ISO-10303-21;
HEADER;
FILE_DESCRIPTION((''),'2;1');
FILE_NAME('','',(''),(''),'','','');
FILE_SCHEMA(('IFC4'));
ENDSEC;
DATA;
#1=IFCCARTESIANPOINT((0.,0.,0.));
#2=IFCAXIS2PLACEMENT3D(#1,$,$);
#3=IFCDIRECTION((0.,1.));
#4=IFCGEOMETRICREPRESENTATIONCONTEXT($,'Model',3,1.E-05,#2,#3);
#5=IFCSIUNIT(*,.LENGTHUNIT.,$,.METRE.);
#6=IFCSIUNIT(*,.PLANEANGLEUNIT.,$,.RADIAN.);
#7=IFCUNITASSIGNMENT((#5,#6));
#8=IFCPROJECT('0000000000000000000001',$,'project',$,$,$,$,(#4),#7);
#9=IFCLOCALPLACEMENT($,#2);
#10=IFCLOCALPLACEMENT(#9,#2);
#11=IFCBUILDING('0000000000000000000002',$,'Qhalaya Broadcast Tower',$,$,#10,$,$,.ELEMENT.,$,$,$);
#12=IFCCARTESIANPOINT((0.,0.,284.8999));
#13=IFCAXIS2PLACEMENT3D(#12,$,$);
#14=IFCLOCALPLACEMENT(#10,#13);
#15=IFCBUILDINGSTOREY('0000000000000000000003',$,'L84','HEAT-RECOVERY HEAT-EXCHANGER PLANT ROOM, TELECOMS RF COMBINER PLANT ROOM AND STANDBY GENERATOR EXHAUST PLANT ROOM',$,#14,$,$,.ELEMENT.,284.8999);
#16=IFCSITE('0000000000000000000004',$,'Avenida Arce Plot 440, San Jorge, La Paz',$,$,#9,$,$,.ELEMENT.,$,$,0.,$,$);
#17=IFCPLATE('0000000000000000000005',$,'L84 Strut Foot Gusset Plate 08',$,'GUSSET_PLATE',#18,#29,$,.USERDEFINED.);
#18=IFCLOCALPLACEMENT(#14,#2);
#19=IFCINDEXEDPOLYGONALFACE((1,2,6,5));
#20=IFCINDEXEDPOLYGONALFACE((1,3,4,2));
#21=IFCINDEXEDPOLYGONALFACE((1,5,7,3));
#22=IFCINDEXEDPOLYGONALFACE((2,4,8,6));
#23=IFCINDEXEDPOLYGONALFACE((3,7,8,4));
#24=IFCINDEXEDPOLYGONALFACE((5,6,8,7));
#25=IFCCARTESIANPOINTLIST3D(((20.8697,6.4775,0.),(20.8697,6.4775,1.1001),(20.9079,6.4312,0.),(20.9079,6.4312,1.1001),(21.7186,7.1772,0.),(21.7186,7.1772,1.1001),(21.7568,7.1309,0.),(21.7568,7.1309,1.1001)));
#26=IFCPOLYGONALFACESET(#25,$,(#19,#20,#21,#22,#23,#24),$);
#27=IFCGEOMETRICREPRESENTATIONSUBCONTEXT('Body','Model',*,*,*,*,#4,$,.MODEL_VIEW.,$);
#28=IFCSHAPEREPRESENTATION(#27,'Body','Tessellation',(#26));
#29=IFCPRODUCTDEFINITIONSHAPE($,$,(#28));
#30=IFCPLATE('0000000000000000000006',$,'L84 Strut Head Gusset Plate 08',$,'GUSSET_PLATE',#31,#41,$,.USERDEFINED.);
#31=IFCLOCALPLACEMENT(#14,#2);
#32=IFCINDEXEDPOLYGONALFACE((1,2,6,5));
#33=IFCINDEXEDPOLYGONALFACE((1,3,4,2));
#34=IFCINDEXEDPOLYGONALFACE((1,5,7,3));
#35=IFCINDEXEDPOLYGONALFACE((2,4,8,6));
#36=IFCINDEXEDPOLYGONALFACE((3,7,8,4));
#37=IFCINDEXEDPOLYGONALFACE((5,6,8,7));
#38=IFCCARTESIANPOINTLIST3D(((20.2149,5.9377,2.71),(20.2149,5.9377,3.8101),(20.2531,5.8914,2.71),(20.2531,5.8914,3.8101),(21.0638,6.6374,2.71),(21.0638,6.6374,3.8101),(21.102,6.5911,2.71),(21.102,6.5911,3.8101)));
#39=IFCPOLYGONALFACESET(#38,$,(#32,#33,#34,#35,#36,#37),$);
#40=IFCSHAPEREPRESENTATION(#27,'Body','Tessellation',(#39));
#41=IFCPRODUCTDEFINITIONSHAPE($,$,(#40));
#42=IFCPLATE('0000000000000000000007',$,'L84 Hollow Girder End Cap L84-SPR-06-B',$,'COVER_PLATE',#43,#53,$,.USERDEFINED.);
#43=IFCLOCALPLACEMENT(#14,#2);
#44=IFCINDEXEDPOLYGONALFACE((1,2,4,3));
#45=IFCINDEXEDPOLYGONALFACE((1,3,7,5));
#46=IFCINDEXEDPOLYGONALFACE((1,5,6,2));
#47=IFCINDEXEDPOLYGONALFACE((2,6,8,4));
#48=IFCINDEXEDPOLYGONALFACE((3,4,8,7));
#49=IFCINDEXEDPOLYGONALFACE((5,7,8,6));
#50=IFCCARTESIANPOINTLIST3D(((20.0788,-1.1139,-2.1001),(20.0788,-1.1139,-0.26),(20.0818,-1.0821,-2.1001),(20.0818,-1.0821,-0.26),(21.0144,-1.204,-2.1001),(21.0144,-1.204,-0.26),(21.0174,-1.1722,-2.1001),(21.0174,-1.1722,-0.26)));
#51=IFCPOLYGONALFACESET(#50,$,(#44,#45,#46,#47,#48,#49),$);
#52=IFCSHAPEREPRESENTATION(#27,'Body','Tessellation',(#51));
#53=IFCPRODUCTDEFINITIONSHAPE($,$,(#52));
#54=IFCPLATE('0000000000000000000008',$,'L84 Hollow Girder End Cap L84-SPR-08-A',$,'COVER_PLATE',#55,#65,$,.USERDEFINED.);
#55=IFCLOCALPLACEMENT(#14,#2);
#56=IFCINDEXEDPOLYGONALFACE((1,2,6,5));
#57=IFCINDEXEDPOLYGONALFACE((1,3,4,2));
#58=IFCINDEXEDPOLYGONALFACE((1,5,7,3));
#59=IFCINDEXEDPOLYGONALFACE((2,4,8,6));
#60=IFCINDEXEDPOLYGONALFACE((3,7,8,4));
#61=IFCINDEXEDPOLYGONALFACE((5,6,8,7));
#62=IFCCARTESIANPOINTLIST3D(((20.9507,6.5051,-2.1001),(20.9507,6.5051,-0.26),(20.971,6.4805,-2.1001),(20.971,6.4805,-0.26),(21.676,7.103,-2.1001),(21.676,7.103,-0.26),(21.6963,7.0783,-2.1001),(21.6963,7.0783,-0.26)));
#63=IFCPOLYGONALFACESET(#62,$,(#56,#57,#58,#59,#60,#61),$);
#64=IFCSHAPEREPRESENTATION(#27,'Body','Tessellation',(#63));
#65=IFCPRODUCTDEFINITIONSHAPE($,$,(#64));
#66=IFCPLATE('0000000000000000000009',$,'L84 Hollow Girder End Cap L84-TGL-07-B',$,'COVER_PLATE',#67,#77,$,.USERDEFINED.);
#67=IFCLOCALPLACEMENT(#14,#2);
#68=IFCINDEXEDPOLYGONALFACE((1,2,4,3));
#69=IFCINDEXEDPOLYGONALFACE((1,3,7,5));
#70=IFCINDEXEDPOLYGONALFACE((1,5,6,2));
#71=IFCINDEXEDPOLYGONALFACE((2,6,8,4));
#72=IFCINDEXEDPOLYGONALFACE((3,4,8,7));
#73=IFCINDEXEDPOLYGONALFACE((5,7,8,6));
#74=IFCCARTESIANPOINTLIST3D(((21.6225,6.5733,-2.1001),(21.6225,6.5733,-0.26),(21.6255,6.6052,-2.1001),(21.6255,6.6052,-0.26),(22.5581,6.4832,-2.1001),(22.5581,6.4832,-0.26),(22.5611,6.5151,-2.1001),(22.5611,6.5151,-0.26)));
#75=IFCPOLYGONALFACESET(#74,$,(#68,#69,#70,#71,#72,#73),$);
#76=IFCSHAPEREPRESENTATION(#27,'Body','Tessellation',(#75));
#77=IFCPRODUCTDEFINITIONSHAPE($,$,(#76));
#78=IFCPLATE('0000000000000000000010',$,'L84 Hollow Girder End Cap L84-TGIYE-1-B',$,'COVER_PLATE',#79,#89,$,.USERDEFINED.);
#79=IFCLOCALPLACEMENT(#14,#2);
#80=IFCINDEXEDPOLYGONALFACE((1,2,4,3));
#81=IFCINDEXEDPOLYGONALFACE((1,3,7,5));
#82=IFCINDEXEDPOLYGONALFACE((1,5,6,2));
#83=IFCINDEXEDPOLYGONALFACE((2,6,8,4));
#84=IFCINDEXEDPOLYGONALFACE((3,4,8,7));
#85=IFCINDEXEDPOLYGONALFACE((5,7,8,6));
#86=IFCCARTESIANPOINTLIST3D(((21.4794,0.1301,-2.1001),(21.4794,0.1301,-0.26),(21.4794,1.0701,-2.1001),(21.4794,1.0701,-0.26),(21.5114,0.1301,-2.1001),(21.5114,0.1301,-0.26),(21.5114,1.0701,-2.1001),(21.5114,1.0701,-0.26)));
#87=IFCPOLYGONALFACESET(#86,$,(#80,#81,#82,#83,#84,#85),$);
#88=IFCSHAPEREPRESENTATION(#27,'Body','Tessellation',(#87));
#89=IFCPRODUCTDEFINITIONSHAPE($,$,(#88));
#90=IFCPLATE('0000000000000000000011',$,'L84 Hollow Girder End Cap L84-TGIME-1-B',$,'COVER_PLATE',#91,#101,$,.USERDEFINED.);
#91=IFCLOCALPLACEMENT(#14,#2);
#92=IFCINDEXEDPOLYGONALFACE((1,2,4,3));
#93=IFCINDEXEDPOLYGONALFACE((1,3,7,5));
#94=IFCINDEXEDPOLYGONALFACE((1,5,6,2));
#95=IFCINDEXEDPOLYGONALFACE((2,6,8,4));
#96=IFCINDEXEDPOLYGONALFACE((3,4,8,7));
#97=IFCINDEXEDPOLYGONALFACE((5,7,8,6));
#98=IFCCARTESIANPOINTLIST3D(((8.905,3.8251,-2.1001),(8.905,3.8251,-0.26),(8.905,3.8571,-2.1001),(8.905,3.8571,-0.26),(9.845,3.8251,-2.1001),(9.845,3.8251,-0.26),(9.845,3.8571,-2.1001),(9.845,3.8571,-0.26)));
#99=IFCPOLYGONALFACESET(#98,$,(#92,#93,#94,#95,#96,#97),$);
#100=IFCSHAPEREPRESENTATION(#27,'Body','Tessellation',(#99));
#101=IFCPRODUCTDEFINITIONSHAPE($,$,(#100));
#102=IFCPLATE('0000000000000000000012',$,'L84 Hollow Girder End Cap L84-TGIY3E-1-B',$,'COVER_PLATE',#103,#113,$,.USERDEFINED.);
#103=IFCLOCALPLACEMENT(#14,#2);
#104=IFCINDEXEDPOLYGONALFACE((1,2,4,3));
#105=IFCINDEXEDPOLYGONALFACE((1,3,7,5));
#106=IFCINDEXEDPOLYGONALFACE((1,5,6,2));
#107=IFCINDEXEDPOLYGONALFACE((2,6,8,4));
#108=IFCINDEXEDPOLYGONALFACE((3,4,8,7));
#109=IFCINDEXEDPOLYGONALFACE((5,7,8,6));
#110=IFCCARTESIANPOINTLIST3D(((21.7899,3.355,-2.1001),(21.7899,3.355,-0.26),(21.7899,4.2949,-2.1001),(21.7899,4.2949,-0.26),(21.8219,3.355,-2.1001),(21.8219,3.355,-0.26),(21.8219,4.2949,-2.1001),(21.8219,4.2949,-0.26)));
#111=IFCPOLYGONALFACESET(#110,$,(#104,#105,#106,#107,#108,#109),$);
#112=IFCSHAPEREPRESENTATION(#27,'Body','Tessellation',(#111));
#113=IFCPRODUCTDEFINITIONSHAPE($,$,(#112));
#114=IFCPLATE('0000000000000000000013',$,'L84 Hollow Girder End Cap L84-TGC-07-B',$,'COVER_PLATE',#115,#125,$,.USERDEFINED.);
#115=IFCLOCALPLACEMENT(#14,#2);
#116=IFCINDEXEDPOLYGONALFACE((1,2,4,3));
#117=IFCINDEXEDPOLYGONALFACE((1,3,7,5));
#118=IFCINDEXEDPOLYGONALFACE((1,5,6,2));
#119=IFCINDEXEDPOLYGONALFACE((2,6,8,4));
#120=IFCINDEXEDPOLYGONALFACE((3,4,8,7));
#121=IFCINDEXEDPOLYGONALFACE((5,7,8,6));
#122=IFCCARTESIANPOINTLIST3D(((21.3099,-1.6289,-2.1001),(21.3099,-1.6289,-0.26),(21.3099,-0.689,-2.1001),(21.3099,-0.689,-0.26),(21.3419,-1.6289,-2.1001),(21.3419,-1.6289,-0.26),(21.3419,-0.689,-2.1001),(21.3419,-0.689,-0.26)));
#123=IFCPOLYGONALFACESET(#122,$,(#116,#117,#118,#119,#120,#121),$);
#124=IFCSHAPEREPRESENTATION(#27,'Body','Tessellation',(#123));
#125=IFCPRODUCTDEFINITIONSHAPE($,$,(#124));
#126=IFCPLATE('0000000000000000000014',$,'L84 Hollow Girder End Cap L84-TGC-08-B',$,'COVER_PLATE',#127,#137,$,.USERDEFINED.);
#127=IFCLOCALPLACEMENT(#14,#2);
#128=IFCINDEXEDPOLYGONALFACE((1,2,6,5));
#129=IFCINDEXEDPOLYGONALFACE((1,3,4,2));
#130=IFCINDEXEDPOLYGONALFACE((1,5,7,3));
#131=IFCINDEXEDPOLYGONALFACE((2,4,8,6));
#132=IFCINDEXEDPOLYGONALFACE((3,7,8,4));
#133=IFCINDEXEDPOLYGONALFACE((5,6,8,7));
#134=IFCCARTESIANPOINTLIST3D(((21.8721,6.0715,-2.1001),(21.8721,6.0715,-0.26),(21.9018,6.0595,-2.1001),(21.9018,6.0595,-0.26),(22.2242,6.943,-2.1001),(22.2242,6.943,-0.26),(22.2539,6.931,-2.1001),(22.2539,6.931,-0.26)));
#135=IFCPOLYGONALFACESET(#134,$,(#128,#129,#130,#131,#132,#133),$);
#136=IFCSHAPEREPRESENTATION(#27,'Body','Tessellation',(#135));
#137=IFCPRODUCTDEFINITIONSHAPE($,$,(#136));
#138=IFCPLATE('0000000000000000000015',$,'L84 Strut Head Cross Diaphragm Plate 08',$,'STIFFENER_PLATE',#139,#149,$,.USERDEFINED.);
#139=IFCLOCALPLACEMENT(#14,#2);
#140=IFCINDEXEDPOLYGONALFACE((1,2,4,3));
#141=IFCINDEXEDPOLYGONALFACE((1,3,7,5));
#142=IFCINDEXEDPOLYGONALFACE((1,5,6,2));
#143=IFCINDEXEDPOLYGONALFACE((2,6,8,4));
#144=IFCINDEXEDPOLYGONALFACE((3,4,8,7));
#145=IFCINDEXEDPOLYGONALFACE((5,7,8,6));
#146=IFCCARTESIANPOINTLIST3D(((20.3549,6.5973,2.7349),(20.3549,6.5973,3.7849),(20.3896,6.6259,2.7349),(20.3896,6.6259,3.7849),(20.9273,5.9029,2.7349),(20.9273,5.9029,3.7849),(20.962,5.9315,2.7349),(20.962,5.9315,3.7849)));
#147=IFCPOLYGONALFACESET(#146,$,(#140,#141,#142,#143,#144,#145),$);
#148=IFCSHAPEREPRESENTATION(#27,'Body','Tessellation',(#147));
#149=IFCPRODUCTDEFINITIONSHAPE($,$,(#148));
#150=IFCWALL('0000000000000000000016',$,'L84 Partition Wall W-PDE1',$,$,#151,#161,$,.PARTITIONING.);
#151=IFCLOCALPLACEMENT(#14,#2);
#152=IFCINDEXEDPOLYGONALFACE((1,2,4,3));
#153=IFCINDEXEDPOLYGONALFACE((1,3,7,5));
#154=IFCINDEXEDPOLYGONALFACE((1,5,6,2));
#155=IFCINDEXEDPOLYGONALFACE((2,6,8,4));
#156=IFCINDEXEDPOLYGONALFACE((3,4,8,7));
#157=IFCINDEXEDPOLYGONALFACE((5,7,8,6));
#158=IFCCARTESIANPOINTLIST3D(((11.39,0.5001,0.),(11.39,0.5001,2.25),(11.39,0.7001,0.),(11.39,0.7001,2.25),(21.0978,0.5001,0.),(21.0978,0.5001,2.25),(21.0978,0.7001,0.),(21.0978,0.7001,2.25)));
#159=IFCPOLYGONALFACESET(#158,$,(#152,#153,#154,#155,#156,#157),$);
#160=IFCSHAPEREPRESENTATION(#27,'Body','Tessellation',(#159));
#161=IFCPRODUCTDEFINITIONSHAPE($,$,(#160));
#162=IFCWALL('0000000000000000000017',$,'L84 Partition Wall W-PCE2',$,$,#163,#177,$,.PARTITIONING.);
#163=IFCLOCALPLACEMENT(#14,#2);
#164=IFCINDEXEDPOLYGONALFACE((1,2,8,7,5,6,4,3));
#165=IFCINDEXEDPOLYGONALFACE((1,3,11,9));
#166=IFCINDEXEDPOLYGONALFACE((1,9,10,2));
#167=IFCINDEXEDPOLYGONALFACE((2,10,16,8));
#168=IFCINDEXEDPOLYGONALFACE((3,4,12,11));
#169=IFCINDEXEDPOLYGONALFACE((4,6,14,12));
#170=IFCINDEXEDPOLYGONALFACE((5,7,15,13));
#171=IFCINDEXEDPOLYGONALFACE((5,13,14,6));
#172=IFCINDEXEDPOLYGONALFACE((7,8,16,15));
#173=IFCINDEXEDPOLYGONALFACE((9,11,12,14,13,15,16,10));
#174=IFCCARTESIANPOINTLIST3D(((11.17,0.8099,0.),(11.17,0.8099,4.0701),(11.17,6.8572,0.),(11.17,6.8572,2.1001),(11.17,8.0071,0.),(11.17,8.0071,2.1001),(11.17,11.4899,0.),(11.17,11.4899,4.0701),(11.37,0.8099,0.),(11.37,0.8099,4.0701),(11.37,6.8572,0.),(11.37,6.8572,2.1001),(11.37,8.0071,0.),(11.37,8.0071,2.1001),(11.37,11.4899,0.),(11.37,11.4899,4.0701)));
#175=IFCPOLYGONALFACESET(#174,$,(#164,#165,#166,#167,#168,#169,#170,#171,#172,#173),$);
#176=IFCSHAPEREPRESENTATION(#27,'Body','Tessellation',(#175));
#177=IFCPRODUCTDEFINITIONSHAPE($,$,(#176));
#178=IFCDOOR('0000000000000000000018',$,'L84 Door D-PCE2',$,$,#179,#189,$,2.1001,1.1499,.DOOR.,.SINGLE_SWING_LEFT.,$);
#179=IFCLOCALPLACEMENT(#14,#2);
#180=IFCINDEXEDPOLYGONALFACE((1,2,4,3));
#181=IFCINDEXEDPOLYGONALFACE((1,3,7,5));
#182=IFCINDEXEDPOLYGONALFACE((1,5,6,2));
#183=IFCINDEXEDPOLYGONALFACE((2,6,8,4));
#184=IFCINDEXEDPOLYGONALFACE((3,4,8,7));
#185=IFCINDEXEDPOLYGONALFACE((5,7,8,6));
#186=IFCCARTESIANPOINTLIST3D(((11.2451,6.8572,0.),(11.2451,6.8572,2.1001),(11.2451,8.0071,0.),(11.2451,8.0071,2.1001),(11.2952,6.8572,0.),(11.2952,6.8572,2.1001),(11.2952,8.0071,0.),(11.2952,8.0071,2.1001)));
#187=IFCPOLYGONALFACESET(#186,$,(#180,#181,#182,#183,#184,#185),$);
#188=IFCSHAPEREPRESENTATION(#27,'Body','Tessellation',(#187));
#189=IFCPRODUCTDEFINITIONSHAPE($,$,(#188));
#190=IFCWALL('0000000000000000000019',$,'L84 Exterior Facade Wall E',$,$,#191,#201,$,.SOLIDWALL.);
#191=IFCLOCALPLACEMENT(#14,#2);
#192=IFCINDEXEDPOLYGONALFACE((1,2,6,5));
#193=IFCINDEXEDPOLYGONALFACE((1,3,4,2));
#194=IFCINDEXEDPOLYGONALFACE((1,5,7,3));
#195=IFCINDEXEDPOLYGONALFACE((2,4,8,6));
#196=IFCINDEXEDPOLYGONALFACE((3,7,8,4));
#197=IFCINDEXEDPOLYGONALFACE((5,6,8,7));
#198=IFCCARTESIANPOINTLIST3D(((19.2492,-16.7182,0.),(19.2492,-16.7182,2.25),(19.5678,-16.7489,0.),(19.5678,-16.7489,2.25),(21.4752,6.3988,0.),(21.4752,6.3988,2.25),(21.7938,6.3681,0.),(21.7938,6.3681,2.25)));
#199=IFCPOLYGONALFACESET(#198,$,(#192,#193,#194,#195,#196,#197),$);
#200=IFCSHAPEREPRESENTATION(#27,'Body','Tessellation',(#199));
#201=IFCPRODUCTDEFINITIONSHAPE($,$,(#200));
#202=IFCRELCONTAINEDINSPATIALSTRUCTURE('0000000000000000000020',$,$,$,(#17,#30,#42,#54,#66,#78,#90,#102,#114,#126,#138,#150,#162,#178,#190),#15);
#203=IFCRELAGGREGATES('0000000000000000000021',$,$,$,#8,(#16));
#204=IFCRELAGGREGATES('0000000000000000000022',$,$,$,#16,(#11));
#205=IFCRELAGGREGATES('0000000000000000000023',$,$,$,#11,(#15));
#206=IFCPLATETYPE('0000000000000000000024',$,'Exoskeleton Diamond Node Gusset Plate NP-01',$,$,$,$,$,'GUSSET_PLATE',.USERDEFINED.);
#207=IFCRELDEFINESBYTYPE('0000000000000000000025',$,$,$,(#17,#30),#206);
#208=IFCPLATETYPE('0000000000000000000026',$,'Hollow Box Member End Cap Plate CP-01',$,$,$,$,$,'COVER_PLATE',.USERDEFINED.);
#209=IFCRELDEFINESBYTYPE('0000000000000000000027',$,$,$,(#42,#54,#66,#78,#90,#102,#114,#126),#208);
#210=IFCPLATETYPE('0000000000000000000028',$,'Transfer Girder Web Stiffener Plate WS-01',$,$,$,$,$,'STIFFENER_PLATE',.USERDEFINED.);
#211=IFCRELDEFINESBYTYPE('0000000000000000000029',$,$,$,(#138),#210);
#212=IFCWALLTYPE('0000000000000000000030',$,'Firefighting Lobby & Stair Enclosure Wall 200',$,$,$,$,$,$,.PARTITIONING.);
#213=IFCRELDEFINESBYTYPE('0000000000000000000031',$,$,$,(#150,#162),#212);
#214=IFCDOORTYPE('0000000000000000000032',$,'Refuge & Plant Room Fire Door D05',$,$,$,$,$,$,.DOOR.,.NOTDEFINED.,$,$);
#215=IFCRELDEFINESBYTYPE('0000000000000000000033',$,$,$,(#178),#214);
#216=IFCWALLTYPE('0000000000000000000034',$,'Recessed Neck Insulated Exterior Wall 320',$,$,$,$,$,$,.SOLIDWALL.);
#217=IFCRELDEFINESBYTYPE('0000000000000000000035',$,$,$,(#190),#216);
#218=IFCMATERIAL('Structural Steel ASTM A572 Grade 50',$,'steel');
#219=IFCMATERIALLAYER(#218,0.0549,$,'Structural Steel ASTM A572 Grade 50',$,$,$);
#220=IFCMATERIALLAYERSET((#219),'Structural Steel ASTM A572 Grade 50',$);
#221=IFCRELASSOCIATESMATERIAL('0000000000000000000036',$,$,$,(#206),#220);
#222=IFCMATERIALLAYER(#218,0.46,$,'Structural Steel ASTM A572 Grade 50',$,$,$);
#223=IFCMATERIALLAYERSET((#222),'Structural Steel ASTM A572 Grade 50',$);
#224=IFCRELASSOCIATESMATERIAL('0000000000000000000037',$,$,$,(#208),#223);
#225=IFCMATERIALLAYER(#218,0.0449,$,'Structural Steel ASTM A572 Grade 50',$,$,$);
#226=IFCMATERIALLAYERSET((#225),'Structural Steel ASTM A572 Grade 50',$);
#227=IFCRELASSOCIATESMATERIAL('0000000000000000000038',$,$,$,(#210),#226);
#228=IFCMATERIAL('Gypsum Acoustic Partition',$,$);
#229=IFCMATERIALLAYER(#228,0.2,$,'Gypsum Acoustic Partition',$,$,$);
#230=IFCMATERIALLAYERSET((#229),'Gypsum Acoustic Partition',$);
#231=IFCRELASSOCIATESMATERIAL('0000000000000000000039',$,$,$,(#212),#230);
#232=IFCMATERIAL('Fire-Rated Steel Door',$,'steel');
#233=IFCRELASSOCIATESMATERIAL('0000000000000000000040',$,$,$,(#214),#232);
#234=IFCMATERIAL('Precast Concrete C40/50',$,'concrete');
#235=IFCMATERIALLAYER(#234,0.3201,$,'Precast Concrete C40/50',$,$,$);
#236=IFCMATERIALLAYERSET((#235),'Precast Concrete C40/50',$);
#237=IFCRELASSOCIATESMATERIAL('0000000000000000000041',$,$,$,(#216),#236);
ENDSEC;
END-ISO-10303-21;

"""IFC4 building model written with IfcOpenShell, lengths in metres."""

from ifc_helpers import new_model, si_unit, direction, frame, frame_2d, origin, origin_2d, place, context, subcontext, project, spatial, rectangle, extrude, material, layer, layer_set, type_object, element, fill, save


model = new_model("IFC4")

# Units and contexts
model_context = context("Model", 3, precision=1e-05, world=origin(), true_north=direction((0.0, 1.0)))
body_context = subcontext(model_context, "Body", "Model", "MODEL_VIEW")
ifc_project = project(units=[si_unit("LENGTHUNIT", "METRE"), si_unit("PLANEANGLEUNIT", "RADIAN")], contexts=[model_context])

# Site, building, storey
site_placement = place(None, origin())
site = spatial("IfcSite", under=ifc_project, at=site_placement, Name="Avenida Arce Plot 440, San Jorge, La Paz", CompositionType="ELEMENT", RefElevation=0.0)
building_placement = place(site_placement, origin())
building = spatial("IfcBuilding", under=site, at=building_placement, Name="Qhalaya Broadcast Tower", CompositionType="ELEMENT")
storey_placement = place(building_placement, frame((0.0, 0.0, 284.8999)))
storey = spatial("IfcBuildingStorey", under=building, at=storey_placement, Name="L84", Description="HEAT-RECOVERY HEAT-EXCHANGER PLANT ROOM, TELECOMS RF COMBINER PLANT ROOM AND STANDBY GENERATOR EXHAUST PLANT ROOM", CompositionType="ELEMENT", Elevation=284.8999)

# Shared definitions
ifc_material_1 = material(Name="Structural Steel ASTM A572 Grade 50", Category="steel")

# Plates
ifc_layer_1 = layer(ifc_material_1, 0.0549, Name="Structural Steel ASTM A572 Grade 50")
ifc_layer_set_1 = layer_set([ifc_layer_1], Name="Structural Steel ASTM A572 Grade 50")
plate_type_1 = type_object("IfcPlateType", Name="Exoskeleton Diamond Node Gusset Plate NP-01", ElementType="GUSSET_PLATE", PredefinedType="USERDEFINED", material=ifc_layer_set_1)
for number, where, z_axis, x_axis, name in (
    (1, (21.3132, 6.8042, 0.0), (0.0, 0.0, 1.0), (-0.771669, -0.636024, 0.0), "L84 Strut Foot Gusset Plate 08"),
    (2, (20.6584, 6.2644, 2.71), (0.0, 0.0, 1.0), (-0.771669, -0.636024, 0.0), "L84 Strut Head Gusset Plate 08"),
):
    element("IfcPlate", number, at=place(storey_placement, frame(where, z_axis=z_axis, x_axis=x_axis)), inside=storey, type_object=plate_type_1, Name=name, ObjectType="GUSSET_PLATE", PredefinedType="USERDEFINED", context=body_context, shape_type="SweptSolid", body=[
        extrude(rectangle(XDim=1.1001, YDim=0.0601, at=origin_2d()), origin(), (0.0, 0.0, 1.0), 1.1001),
    ])
ifc_layer_2 = layer(ifc_material_1, 0.46, Name="Structural Steel ASTM A572 Grade 50")
ifc_layer_set_2 = layer_set([ifc_layer_2], Name="Structural Steel ASTM A572 Grade 50")
plate_type_2 = type_object("IfcPlateType", Name="Hollow Box Member End Cap Plate CP-01", ElementType="COVER_PLATE", PredefinedType="USERDEFINED", material=ifc_layer_set_2)
for number, where, z_axis, x_axis, name in (
    (3, (20.5481, -1.1431, -2.1001), (0.0, 0.0, 1.0), (-0.995396, 0.095846, 0.0), "L84 Hollow Girder End Cap L84-SPR-06-B"),
    (4, (21.3235, 6.7917, -2.1001), (0.0, 0.0, 1.0), (-0.771625, -0.636078, 0.0), "L84 Hollow Girder End Cap L84-SPR-08-A"),
    (5, (22.0918, 6.5442, -2.1001), (0.0, 0.0, 1.0), (-0.995396, 0.095846, 0.0), "L84 Hollow Girder End Cap L84-TGL-07-B"),
    (6, (21.4954, 0.6001, -2.1001), (0.0, 0.0, 1.0), (0.0, 1.0, 0.0), "L84 Hollow Girder End Cap L84-TGIYE-1-B"),
    (7, (9.375, 3.8411, -2.1001), (0.0, 0.0, 1.0), (-1.0, 0.0, 0.0), "L84 Hollow Girder End Cap L84-TGIME-1-B"),
    (8, (21.8059, 3.825, -2.1001), (0.0, 0.0, 1.0), (0.0, 1.0, 0.0), "L84 Hollow Girder End Cap L84-TGIY3E-1-B"),
    (9, (21.3259, -1.1589, -2.1001), (0.0, 0.0, 1.0), (0.0, 1.0, 0.0), "L84 Hollow Girder End Cap L84-TGC-07-B"),
    (10, (22.063, 6.5012, -2.1001), (0.0, 0.0, 1.0), (0.374607, 0.927184, 0.0), "L84 Hollow Girder End Cap L84-TGC-08-B"),
):
    element("IfcPlate", number, at=place(storey_placement, frame(where, z_axis=z_axis, x_axis=x_axis)), inside=storey, type_object=plate_type_2, Name=name, ObjectType="COVER_PLATE", PredefinedType="USERDEFINED", context=body_context, shape_type="SweptSolid", body=[
        extrude(rectangle(XDim=0.9399, YDim=0.032, at=origin_2d()), origin(), (0.0, 0.0, 1.0), 1.8401),
    ])
ifc_layer_3 = layer(ifc_material_1, 0.0449, Name="Structural Steel ASTM A572 Grade 50")
ifc_layer_set_3 = layer_set([ifc_layer_3], Name="Structural Steel ASTM A572 Grade 50")
plate_type_3 = type_object("IfcPlateType", Name="Transfer Girder Web Stiffener Plate WS-01", ElementType="STIFFENER_PLATE", PredefinedType="USERDEFINED", material=ifc_layer_set_3)
plate_placement = place(storey_placement, frame((20.6584, 6.2644, 2.7349), z_axis=(0.0, 0.0, 1.0), x_axis=(0.636024, -0.771669, 0.0)))
element("IfcPlate", 11, at=plate_placement, inside=storey, type_object=plate_type_3, Name="L84 Strut Head Cross Diaphragm Plate 08", ObjectType="STIFFENER_PLATE", PredefinedType="USERDEFINED", context=body_context, shape_type="SweptSolid", body=[
    extrude(rectangle(XDim=0.8999, YDim=0.0449, at=origin_2d()), origin(), (0.0, 0.0, 1.0), 1.05),
])

# Wall
ifc_material_2 = material(Name="Gypsum Acoustic Partition")
ifc_layer_4 = layer(ifc_material_2, 0.2, Name="Gypsum Acoustic Partition")
ifc_layer_set_4 = layer_set([ifc_layer_4], Name="Gypsum Acoustic Partition")
wall_type_1 = type_object("IfcWallType", Name="Firefighting Lobby & Stair Enclosure Wall 200", PredefinedType="PARTITIONING", material=ifc_layer_set_4)
wall_1_placement = place(storey_placement, frame((11.3899, 0.6001, 0.0), z_axis=(0.0, 0.0, 1.0), x_axis=(1.0, 0.0, 0.0)))
element("IfcWall", 12, at=wall_1_placement, inside=storey, type_object=wall_type_1, Name="L84 Partition Wall W-PDE1", PredefinedType="PARTITIONING", context=body_context, shape_type="SweptSolid", body=[
    extrude(rectangle(XDim=9.7078, YDim=0.2, at=frame_2d((4.854, 0.0))), origin(), (0.0, 0.0, 1.0), 2.25),
])

# Wall, opening, door
wall_2_placement = place(storey_placement, frame((11.27, 0.8101, 0.0), z_axis=(0.0, 0.0, 1.0), x_axis=(0.0, 1.0, 0.0)))
wall_2 = element("IfcWall", 13, at=wall_2_placement, inside=storey, type_object=wall_type_1, Name="L84 Partition Wall W-PCE2", PredefinedType="PARTITIONING", context=body_context, shape_type="SweptSolid", body=[
    extrude(rectangle(XDim=10.6799, YDim=0.2, at=frame_2d((5.3398, 0.0))), origin(), (0.0, 0.0, 1.0), 4.0701),
])
opening_placement = place(wall_2_placement, frame((6.0471, 0.0, 0.0)))
opening = element("IfcOpeningElement", 14, at=opening_placement, cuts=wall_2, PredefinedType="OPENING", context=body_context, shape_type="SweptSolid", body=[
    extrude(rectangle(XDim=1.1499, YDim=2.1001, at=frame_2d((0.575, 1.05))), frame((0.0, 0.1121, 0.0), z_axis=(0.0, -1.0, 0.0), x_axis=(1.0, 0.0, 0.0)), (0.0, 0.0, 1.0), 0.2239),
])
ifc_material_3 = material(Name="Fire-Rated Steel Door", Category="steel")
door_type = type_object("IfcDoorType", Name="Refuge & Plant Room Fire Door D05", OperationType="NOTDEFINED", PredefinedType="DOOR", material=ifc_material_3)
door_placement = place(opening_placement, origin())
door = element("IfcDoor", 15, at=door_placement, inside=storey, type_object=door_type, Name="L84 Door D-PCE2", OperationType="SINGLE_SWING_LEFT", OverallHeight=2.1001, OverallWidth=1.1499, PredefinedType="DOOR", context=body_context, shape_type="SweptSolid", body=[
    extrude(rectangle(XDim=1.1499, YDim=2.1001, at=frame_2d((0.575, 1.05))), frame((0.0, 0.0249, 0.0), z_axis=(0.0, -1.0, 0.0), x_axis=(1.0, 0.0, 0.0)), (0.0, 0.0, 1.0), 0.05),
])
fill(opening, door)

# Wall
ifc_material_4 = material(Name="Precast Concrete C40/50", Category="concrete")
ifc_layer_5 = layer(ifc_material_4, 0.3201, Name="Precast Concrete C40/50")
ifc_layer_set_5 = layer_set([ifc_layer_5], Name="Precast Concrete C40/50")
wall_type_2 = type_object("IfcWallType", Name="Recessed Neck Insulated Exterior Wall 320", PredefinedType="SOLIDWALL", material=ifc_layer_set_5)
wall_3_placement = place(storey_placement, frame((21.6345, 6.3833, 0.0), z_axis=(0.0, 0.0, 1.0), x_axis=(-0.095853, -0.995396, 0.0)))
element("IfcWall", 16, at=wall_3_placement, inside=storey, type_object=wall_type_2, Name="L84 Exterior Facade Wall E", PredefinedType="SOLIDWALL", context=body_context, shape_type="SweptSolid", body=[
    extrude(rectangle(XDim=23.2239, YDim=0.3201, at=frame_2d((11.6118, 0.0))), origin(), (0.0, 0.0, 1.0), 2.25),
])

save(model, "model.ifc")
